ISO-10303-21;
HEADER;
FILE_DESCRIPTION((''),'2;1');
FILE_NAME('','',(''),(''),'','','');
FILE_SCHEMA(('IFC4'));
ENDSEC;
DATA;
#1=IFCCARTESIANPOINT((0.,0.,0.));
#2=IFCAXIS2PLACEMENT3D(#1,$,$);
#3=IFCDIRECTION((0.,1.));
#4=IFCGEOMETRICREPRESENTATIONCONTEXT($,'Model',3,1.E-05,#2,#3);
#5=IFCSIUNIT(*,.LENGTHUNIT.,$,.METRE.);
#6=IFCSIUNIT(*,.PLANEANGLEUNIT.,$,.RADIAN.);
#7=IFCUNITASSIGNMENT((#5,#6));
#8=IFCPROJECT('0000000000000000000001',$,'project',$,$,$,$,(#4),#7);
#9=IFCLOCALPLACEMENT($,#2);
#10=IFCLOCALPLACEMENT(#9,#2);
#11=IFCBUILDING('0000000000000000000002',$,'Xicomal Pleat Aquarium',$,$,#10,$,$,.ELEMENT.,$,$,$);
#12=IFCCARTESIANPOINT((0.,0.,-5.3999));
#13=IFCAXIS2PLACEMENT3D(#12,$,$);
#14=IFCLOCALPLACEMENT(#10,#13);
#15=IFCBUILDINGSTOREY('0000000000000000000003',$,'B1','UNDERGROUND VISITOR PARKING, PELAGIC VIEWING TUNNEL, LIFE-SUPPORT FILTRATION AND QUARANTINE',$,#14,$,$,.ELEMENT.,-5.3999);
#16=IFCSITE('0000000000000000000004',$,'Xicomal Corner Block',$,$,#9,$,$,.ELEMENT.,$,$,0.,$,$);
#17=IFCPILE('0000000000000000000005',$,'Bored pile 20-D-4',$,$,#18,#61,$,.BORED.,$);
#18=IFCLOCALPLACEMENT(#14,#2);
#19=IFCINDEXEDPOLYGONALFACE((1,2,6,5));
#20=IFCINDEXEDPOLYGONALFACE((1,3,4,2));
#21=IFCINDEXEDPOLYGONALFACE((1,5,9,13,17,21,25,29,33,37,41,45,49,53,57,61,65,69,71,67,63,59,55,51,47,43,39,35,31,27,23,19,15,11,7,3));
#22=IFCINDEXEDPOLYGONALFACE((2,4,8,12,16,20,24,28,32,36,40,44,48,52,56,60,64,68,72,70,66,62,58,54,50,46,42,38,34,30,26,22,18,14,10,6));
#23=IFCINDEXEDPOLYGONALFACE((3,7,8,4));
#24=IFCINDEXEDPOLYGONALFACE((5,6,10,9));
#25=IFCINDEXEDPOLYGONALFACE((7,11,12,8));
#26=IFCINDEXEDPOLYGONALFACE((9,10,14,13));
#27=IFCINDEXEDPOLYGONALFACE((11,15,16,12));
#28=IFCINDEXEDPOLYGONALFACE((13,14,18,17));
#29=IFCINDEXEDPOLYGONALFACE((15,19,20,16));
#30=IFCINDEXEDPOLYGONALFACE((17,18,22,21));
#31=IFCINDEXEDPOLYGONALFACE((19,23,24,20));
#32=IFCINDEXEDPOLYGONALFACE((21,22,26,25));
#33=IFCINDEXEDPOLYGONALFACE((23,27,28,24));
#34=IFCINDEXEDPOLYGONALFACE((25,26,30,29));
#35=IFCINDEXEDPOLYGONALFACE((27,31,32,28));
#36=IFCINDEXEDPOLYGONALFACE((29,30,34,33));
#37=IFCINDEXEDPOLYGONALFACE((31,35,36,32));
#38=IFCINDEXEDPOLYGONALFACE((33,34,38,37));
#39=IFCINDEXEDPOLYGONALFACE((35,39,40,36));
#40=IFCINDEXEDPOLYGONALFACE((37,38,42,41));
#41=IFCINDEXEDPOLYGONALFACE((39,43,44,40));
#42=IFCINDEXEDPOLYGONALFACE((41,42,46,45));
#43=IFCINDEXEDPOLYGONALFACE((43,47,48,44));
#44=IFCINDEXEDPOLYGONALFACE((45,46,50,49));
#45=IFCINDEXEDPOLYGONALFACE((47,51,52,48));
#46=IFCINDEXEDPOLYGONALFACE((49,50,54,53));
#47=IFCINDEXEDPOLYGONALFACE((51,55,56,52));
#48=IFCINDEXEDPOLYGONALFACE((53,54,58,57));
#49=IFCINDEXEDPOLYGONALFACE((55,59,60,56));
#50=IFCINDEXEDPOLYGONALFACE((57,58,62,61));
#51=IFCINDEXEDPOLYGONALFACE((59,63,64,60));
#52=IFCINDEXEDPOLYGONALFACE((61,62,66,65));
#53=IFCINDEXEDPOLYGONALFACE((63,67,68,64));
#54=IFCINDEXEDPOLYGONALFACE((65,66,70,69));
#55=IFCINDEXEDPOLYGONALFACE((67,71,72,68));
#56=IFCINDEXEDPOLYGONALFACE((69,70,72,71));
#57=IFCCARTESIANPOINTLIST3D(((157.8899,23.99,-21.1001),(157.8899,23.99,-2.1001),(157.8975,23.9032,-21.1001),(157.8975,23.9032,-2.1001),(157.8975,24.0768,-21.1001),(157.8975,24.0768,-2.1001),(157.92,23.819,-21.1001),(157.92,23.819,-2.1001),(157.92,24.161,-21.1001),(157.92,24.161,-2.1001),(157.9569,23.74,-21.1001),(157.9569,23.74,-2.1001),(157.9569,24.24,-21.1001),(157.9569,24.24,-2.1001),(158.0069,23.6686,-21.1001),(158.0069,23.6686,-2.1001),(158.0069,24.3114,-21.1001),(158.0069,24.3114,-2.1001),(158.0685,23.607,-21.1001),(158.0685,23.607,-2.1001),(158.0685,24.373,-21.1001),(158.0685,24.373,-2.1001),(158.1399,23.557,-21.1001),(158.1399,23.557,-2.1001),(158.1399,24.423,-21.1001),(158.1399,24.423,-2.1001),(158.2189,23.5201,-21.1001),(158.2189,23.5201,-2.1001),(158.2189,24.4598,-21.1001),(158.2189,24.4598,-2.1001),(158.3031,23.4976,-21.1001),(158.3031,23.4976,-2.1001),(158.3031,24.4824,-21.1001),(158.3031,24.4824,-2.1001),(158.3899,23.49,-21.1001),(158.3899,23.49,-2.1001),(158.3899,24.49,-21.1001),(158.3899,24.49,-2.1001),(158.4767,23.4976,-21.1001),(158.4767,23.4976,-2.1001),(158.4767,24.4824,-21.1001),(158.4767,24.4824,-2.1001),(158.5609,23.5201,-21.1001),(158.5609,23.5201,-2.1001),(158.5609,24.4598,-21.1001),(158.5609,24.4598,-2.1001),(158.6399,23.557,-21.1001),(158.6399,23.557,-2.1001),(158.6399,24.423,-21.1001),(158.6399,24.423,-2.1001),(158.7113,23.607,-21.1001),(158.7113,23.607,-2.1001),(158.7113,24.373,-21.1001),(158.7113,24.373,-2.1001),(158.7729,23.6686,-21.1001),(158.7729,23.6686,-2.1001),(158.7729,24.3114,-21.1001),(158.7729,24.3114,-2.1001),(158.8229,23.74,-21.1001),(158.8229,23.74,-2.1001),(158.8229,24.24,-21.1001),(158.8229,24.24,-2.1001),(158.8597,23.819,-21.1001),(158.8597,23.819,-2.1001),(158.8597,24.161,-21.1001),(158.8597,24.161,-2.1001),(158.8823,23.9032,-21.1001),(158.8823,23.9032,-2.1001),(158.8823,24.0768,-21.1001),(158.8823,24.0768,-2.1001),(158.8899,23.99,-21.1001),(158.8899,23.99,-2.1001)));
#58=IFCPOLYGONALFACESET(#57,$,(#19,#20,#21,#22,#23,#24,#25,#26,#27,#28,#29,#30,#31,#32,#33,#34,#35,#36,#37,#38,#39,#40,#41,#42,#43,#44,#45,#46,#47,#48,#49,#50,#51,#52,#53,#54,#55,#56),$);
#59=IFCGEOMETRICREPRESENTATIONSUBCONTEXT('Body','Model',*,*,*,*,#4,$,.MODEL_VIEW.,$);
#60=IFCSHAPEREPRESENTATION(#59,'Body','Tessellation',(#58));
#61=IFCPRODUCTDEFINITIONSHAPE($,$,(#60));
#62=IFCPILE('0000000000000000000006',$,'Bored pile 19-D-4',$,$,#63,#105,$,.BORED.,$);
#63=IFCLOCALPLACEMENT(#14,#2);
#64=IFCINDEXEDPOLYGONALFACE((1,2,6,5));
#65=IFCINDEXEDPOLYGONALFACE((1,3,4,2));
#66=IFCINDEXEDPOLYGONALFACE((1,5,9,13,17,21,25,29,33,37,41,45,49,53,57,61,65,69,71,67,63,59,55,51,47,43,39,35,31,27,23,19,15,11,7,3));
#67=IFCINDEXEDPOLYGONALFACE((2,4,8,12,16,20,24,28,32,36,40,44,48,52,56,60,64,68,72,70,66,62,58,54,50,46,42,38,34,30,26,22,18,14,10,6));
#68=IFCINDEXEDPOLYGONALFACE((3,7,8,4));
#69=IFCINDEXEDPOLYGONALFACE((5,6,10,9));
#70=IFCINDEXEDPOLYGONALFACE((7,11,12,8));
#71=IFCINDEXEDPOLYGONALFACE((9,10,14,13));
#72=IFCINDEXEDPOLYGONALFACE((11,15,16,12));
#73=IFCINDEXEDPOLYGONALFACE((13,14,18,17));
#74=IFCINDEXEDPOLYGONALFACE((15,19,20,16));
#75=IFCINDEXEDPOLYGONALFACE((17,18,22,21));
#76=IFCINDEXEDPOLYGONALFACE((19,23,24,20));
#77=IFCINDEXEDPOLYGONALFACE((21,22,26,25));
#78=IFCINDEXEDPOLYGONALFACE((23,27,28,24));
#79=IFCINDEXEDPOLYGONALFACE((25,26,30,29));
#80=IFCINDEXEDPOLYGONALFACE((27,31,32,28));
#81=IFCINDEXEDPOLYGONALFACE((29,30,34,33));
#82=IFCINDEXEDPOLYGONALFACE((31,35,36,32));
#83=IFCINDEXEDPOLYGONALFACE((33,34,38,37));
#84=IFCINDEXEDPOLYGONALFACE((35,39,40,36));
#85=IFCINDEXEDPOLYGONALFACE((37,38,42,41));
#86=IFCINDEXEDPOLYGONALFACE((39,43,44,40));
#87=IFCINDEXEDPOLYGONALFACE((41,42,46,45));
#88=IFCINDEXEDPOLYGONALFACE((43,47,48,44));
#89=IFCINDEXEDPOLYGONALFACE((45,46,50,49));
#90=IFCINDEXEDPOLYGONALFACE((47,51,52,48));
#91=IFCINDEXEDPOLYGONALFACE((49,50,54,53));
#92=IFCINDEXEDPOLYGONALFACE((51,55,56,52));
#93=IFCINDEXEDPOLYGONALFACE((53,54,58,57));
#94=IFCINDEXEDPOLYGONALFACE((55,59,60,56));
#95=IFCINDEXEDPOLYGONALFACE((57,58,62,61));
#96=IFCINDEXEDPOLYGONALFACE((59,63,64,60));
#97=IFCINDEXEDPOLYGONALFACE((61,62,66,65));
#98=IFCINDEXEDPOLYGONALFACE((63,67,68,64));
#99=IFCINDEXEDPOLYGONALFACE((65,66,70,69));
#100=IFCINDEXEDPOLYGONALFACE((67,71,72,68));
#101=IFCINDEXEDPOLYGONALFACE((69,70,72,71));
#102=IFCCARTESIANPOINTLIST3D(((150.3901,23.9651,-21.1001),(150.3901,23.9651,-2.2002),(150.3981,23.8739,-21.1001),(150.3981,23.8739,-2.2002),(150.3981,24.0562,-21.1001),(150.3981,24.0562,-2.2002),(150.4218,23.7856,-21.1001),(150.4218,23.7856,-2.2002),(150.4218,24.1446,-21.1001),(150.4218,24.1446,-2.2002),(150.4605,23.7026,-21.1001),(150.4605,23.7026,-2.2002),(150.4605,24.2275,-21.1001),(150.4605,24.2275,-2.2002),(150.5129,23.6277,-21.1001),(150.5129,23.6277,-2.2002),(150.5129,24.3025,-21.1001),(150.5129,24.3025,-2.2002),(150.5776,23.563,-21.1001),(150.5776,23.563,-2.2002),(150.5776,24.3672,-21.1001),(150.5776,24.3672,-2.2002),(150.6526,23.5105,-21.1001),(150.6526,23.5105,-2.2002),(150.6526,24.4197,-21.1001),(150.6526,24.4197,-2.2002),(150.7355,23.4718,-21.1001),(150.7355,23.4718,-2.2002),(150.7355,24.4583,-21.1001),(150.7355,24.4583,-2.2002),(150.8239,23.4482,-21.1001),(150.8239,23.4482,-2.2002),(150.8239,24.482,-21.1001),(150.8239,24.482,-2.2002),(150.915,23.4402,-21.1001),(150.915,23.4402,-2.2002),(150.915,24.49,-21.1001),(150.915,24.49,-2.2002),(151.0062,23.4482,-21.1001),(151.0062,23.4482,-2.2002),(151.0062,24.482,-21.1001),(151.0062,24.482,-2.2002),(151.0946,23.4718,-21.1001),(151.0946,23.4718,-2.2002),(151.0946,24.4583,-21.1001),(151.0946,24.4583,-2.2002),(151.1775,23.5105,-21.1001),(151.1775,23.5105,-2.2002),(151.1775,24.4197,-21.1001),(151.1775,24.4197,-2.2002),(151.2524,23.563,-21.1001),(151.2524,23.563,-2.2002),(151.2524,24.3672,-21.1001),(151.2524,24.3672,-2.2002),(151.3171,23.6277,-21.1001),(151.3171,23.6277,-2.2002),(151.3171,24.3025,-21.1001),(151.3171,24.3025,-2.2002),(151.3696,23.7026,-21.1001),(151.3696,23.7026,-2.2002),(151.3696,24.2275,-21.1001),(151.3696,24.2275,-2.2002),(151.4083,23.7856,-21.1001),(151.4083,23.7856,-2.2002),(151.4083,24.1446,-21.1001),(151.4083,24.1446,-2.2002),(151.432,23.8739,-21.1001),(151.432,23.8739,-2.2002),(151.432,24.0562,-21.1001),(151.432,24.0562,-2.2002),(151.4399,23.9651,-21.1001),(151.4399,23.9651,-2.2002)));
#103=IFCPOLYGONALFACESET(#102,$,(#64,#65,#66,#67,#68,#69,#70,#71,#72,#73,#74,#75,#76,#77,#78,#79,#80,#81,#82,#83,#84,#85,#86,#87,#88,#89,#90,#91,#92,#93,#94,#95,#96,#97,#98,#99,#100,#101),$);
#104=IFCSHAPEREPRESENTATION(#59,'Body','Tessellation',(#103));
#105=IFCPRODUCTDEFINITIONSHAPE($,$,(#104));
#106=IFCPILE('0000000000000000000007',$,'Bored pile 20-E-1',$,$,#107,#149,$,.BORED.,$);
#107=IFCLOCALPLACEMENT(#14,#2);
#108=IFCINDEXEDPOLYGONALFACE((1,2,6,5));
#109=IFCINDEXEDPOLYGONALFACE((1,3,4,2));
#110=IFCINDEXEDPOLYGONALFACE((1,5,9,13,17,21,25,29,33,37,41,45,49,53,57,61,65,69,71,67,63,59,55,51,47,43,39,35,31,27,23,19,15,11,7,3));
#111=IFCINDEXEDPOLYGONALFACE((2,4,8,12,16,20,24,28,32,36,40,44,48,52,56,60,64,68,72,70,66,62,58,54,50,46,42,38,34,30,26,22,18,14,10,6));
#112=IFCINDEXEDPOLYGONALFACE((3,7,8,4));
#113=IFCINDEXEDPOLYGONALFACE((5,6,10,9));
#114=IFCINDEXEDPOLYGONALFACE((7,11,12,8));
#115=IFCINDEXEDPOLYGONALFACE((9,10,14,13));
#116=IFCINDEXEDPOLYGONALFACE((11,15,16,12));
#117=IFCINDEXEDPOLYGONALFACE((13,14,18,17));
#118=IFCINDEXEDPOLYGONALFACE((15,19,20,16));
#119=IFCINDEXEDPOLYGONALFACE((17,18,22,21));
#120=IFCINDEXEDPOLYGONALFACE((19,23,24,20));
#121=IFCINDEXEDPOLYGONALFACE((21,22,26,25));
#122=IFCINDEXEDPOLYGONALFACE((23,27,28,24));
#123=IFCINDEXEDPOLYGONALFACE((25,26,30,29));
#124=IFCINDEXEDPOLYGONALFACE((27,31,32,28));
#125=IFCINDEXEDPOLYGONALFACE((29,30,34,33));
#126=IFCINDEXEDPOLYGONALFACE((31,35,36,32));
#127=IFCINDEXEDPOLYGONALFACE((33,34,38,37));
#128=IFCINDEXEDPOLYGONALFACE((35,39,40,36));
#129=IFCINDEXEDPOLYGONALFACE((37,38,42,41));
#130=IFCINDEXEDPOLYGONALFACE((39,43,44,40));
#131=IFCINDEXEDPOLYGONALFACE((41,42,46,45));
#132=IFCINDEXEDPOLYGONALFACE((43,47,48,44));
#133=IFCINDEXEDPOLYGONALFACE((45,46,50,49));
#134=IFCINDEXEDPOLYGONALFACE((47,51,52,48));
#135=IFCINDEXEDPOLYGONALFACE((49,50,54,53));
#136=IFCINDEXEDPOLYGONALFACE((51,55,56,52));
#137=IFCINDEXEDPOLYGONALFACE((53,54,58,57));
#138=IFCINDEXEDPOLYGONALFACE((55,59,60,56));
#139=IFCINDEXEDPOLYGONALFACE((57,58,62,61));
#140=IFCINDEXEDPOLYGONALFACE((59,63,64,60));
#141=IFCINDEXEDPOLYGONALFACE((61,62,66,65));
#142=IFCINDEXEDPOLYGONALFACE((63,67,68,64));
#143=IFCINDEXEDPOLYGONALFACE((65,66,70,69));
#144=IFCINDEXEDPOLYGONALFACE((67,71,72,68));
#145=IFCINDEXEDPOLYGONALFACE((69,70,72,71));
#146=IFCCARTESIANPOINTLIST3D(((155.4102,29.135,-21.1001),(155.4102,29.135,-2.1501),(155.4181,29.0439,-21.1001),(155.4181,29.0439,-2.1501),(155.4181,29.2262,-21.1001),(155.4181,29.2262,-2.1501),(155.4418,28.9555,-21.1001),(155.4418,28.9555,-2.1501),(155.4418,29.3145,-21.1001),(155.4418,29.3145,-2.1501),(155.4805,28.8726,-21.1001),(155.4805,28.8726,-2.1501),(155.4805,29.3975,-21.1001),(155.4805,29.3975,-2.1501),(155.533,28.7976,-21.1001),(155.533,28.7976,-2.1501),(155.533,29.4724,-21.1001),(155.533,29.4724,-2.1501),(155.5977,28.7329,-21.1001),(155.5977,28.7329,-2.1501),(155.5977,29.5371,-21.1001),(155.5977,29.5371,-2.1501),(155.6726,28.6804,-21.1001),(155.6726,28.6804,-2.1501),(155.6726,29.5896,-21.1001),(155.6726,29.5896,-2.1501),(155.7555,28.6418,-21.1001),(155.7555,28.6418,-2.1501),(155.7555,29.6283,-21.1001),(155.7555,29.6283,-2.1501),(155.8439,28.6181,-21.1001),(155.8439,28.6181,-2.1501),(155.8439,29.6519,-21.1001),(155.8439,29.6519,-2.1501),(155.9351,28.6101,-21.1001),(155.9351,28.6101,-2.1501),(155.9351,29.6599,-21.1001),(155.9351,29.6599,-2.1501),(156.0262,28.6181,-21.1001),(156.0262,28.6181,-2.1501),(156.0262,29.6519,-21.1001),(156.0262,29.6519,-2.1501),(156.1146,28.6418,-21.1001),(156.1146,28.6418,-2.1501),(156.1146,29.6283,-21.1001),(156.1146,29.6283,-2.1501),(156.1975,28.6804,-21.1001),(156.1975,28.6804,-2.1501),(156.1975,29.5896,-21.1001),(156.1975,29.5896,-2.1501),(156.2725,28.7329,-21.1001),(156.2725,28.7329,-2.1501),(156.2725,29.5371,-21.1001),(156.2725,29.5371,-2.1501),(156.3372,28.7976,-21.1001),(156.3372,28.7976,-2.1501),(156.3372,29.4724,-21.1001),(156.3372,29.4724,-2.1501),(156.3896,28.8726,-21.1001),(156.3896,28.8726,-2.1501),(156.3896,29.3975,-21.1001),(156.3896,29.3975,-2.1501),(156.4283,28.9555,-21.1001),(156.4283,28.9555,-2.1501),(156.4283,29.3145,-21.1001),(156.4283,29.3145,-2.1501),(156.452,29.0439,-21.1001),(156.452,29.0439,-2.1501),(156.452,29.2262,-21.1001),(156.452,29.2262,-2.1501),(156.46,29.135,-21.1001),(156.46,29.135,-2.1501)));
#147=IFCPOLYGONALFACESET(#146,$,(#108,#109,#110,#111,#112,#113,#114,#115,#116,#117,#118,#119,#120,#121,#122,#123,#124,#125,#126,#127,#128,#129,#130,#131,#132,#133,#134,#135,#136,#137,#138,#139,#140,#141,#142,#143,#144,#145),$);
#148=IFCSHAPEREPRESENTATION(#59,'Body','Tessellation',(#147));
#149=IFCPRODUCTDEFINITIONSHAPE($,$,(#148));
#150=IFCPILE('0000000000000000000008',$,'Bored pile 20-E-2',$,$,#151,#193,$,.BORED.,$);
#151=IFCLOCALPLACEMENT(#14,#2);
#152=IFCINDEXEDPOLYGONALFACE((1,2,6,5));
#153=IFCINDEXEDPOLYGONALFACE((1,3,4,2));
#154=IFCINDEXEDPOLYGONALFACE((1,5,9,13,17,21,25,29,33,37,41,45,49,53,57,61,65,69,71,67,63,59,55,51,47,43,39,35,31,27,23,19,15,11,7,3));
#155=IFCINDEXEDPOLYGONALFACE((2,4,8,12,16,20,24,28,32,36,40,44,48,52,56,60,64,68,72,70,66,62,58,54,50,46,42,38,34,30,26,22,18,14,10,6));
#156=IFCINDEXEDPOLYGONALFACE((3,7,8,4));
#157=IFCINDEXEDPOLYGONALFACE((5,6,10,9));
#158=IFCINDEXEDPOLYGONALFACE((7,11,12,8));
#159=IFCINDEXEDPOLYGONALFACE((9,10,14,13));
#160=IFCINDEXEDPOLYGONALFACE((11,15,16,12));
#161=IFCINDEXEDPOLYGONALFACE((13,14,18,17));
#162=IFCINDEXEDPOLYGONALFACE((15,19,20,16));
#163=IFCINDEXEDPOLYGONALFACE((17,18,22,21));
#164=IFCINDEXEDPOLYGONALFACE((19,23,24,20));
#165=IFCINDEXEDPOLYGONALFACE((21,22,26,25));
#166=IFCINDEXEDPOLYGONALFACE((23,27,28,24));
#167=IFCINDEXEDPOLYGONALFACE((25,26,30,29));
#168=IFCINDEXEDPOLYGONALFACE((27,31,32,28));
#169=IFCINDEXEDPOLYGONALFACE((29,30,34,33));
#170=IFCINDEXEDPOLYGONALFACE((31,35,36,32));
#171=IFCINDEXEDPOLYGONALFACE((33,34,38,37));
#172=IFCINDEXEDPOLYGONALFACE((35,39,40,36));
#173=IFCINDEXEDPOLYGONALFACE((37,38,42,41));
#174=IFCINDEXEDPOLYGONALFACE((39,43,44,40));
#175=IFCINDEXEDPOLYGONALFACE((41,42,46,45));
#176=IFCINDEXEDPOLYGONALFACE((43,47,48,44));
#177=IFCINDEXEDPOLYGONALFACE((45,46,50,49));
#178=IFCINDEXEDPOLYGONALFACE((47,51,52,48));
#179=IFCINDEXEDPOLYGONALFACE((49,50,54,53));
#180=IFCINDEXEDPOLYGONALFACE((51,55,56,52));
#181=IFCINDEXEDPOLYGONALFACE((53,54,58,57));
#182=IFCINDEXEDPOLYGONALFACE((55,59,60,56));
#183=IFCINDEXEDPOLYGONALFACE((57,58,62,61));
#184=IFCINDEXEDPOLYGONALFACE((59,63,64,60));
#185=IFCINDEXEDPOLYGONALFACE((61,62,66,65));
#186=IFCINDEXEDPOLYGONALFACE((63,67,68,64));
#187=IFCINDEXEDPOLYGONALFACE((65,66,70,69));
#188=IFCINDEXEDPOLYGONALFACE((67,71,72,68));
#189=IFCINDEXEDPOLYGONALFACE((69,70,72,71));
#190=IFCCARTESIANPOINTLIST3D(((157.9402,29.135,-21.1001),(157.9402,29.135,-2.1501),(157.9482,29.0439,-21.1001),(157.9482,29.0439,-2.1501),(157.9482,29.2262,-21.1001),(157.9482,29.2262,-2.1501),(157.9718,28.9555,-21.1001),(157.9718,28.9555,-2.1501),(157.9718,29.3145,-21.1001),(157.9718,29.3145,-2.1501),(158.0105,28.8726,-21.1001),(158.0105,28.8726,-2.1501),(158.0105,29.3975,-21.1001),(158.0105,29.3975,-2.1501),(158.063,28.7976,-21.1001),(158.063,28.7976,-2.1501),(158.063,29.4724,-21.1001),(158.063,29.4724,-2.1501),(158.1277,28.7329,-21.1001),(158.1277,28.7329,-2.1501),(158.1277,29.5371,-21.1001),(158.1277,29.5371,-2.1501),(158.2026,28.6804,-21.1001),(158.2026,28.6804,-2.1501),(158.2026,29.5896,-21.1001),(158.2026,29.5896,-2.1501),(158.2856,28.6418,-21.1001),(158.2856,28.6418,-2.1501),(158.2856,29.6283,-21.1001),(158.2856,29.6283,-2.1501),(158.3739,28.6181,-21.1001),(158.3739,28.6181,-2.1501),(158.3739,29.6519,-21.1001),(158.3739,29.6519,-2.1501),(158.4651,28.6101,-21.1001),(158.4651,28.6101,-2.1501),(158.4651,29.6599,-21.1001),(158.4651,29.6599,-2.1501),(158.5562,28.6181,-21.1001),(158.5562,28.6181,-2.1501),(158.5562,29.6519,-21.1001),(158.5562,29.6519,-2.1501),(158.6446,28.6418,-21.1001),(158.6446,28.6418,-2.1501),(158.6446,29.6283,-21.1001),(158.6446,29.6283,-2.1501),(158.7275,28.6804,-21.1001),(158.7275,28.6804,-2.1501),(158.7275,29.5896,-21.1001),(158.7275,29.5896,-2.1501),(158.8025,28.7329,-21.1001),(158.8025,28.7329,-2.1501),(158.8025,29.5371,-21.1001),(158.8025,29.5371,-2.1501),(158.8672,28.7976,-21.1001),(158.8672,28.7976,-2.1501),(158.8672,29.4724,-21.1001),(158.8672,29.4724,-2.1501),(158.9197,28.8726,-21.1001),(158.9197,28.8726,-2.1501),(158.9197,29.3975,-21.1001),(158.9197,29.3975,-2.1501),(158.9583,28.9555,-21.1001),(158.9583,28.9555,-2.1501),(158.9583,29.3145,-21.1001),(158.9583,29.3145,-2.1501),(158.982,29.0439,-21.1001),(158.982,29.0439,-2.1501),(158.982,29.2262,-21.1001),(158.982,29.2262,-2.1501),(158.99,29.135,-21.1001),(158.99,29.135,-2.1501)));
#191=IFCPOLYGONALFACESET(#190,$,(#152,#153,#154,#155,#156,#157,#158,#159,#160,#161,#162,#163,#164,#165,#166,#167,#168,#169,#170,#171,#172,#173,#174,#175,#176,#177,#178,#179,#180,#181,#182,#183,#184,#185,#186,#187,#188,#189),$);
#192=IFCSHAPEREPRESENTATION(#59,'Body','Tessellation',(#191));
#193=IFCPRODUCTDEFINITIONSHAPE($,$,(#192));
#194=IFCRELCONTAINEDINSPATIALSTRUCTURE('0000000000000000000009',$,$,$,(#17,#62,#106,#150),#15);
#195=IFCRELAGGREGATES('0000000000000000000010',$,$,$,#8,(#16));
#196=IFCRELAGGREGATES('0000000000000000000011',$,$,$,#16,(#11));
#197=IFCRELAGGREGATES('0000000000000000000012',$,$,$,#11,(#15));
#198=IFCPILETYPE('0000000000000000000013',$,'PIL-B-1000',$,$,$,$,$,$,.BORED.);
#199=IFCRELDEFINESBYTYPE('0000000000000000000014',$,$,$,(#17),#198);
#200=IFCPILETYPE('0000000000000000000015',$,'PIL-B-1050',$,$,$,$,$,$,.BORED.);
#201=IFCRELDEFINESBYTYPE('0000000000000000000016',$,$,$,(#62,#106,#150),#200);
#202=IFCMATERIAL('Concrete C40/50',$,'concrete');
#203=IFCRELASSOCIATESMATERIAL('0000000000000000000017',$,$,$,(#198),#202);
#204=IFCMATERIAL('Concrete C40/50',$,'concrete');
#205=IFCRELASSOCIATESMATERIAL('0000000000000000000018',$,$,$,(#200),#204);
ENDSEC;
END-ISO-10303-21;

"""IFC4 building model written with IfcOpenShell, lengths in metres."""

from ifc_helpers import new_model, si_unit, direction, frame, origin, origin_2d, place, context, subcontext, project, spatial, circle, extrude, material, material_profile, profile_set, type_object, element, save


model = new_model("IFC4")

# Units and contexts
model_context = context("Model", 3, precision=1e-05, world=origin(), true_north=direction((0.0, 1.0)))
body_context = subcontext(model_context, "Body", "Model", "MODEL_VIEW")
ifc_project = project(units=[si_unit("LENGTHUNIT", "METRE"), si_unit("PLANEANGLEUNIT", "RADIAN")], contexts=[model_context])

# Site, building, storey
site_placement = place(None, origin())
site = spatial("IfcSite", under=ifc_project, at=site_placement, Name="Xicomal Corner Block", CompositionType="ELEMENT", RefElevation=0.0)
building_placement = place(site_placement, origin())
building = spatial("IfcBuilding", under=site, at=building_placement, Name="Xicomal Pleat Aquarium", CompositionType="ELEMENT")
storey_placement = place(building_placement, frame((0.0, 0.0, -5.3999)))
storey = spatial("IfcBuildingStorey", under=building, at=storey_placement, Name="B1", Description="UNDERGROUND VISITOR PARKING, PELAGIC VIEWING TUNNEL, LIFE-SUPPORT FILTRATION AND QUARANTINE", CompositionType="ELEMENT", Elevation=-5.3999)

# Piles
ifc_material_1 = material(Name="Concrete C40/50", Category="concrete")
ifc_material_profile_1 = material_profile(ifc_material_1, circle(Radius=0.5, at=origin_2d()), Name="BORED PILE D1000")
ifc_profile_set_1 = profile_set([ifc_material_profile_1], Name="Concrete C40/50")
pile_type_1 = type_object("IfcPileType", Name="PIL-B-1000", PredefinedType="BORED", material=ifc_profile_set_1)
for number, where, z_axis, x_axis, name in (
    (1, (158.3899, 23.99, -2.1001), (0.0, 0.0, -1.0), (1.0, 0.0, 0.0), "Bored pile 20-D-4"),
):
    element("IfcPile", number, at=place(storey_placement, frame(where, z_axis=z_axis, x_axis=x_axis)), inside=storey, type_object=pile_type_1, Name=name, PredefinedType="BORED", context=body_context, shape_type="SweptSolid", body=[
        extrude(circle(Radius=0.5, at=origin_2d()), origin(), (0.0, 0.0, 1.0), 19.0),
    ])
ifc_material_2 = material(Name="Concrete C40/50", Category="concrete")
ifc_material_profile_2 = material_profile(ifc_material_2, circle(Radius=0.5249, at=origin_2d()), Name="BORED PILE D1050")
ifc_profile_set_2 = profile_set([ifc_material_profile_2], Name="Concrete C40/50")
pile_type_2 = type_object("IfcPileType", Name="PIL-B-1050", PredefinedType="BORED", material=ifc_profile_set_2)
pile_1_placement = place(storey_placement, frame((150.915, 23.9651, -2.2002), z_axis=(0.0, 0.0, -1.0), x_axis=(1.0, 0.0, 0.0)))
element("IfcPile", 2, at=pile_1_placement, inside=storey, type_object=pile_type_2, Name="Bored pile 19-D-4", PredefinedType="BORED", context=body_context, shape_type="SweptSolid", body=[
    extrude(circle(Radius=0.5249, at=origin_2d()), origin(), (0.0, 0.0, 1.0), 18.8999),
])
for number, where, z_axis, x_axis, name in (
    (3, (155.9351, 29.135, -2.1501), (0.0, 0.0, -1.0), (1.0, 0.0, 0.0), "Bored pile 20-E-1"),
    (4, (158.4651, 29.135, -2.1501), (0.0, 0.0, -1.0), (1.0, 0.0, 0.0), "Bored pile 20-E-2"),
):
    element("IfcPile", number, at=place(storey_placement, frame(where, z_axis=z_axis, x_axis=x_axis)), inside=storey, type_object=pile_type_2, Name=name, PredefinedType="BORED", context=body_context, shape_type="SweptSolid", body=[
        extrude(circle(Radius=0.5249, at=origin_2d()), origin(), (0.0, 0.0, 1.0), 18.95),
    ])

save(model, "model.ifc")
